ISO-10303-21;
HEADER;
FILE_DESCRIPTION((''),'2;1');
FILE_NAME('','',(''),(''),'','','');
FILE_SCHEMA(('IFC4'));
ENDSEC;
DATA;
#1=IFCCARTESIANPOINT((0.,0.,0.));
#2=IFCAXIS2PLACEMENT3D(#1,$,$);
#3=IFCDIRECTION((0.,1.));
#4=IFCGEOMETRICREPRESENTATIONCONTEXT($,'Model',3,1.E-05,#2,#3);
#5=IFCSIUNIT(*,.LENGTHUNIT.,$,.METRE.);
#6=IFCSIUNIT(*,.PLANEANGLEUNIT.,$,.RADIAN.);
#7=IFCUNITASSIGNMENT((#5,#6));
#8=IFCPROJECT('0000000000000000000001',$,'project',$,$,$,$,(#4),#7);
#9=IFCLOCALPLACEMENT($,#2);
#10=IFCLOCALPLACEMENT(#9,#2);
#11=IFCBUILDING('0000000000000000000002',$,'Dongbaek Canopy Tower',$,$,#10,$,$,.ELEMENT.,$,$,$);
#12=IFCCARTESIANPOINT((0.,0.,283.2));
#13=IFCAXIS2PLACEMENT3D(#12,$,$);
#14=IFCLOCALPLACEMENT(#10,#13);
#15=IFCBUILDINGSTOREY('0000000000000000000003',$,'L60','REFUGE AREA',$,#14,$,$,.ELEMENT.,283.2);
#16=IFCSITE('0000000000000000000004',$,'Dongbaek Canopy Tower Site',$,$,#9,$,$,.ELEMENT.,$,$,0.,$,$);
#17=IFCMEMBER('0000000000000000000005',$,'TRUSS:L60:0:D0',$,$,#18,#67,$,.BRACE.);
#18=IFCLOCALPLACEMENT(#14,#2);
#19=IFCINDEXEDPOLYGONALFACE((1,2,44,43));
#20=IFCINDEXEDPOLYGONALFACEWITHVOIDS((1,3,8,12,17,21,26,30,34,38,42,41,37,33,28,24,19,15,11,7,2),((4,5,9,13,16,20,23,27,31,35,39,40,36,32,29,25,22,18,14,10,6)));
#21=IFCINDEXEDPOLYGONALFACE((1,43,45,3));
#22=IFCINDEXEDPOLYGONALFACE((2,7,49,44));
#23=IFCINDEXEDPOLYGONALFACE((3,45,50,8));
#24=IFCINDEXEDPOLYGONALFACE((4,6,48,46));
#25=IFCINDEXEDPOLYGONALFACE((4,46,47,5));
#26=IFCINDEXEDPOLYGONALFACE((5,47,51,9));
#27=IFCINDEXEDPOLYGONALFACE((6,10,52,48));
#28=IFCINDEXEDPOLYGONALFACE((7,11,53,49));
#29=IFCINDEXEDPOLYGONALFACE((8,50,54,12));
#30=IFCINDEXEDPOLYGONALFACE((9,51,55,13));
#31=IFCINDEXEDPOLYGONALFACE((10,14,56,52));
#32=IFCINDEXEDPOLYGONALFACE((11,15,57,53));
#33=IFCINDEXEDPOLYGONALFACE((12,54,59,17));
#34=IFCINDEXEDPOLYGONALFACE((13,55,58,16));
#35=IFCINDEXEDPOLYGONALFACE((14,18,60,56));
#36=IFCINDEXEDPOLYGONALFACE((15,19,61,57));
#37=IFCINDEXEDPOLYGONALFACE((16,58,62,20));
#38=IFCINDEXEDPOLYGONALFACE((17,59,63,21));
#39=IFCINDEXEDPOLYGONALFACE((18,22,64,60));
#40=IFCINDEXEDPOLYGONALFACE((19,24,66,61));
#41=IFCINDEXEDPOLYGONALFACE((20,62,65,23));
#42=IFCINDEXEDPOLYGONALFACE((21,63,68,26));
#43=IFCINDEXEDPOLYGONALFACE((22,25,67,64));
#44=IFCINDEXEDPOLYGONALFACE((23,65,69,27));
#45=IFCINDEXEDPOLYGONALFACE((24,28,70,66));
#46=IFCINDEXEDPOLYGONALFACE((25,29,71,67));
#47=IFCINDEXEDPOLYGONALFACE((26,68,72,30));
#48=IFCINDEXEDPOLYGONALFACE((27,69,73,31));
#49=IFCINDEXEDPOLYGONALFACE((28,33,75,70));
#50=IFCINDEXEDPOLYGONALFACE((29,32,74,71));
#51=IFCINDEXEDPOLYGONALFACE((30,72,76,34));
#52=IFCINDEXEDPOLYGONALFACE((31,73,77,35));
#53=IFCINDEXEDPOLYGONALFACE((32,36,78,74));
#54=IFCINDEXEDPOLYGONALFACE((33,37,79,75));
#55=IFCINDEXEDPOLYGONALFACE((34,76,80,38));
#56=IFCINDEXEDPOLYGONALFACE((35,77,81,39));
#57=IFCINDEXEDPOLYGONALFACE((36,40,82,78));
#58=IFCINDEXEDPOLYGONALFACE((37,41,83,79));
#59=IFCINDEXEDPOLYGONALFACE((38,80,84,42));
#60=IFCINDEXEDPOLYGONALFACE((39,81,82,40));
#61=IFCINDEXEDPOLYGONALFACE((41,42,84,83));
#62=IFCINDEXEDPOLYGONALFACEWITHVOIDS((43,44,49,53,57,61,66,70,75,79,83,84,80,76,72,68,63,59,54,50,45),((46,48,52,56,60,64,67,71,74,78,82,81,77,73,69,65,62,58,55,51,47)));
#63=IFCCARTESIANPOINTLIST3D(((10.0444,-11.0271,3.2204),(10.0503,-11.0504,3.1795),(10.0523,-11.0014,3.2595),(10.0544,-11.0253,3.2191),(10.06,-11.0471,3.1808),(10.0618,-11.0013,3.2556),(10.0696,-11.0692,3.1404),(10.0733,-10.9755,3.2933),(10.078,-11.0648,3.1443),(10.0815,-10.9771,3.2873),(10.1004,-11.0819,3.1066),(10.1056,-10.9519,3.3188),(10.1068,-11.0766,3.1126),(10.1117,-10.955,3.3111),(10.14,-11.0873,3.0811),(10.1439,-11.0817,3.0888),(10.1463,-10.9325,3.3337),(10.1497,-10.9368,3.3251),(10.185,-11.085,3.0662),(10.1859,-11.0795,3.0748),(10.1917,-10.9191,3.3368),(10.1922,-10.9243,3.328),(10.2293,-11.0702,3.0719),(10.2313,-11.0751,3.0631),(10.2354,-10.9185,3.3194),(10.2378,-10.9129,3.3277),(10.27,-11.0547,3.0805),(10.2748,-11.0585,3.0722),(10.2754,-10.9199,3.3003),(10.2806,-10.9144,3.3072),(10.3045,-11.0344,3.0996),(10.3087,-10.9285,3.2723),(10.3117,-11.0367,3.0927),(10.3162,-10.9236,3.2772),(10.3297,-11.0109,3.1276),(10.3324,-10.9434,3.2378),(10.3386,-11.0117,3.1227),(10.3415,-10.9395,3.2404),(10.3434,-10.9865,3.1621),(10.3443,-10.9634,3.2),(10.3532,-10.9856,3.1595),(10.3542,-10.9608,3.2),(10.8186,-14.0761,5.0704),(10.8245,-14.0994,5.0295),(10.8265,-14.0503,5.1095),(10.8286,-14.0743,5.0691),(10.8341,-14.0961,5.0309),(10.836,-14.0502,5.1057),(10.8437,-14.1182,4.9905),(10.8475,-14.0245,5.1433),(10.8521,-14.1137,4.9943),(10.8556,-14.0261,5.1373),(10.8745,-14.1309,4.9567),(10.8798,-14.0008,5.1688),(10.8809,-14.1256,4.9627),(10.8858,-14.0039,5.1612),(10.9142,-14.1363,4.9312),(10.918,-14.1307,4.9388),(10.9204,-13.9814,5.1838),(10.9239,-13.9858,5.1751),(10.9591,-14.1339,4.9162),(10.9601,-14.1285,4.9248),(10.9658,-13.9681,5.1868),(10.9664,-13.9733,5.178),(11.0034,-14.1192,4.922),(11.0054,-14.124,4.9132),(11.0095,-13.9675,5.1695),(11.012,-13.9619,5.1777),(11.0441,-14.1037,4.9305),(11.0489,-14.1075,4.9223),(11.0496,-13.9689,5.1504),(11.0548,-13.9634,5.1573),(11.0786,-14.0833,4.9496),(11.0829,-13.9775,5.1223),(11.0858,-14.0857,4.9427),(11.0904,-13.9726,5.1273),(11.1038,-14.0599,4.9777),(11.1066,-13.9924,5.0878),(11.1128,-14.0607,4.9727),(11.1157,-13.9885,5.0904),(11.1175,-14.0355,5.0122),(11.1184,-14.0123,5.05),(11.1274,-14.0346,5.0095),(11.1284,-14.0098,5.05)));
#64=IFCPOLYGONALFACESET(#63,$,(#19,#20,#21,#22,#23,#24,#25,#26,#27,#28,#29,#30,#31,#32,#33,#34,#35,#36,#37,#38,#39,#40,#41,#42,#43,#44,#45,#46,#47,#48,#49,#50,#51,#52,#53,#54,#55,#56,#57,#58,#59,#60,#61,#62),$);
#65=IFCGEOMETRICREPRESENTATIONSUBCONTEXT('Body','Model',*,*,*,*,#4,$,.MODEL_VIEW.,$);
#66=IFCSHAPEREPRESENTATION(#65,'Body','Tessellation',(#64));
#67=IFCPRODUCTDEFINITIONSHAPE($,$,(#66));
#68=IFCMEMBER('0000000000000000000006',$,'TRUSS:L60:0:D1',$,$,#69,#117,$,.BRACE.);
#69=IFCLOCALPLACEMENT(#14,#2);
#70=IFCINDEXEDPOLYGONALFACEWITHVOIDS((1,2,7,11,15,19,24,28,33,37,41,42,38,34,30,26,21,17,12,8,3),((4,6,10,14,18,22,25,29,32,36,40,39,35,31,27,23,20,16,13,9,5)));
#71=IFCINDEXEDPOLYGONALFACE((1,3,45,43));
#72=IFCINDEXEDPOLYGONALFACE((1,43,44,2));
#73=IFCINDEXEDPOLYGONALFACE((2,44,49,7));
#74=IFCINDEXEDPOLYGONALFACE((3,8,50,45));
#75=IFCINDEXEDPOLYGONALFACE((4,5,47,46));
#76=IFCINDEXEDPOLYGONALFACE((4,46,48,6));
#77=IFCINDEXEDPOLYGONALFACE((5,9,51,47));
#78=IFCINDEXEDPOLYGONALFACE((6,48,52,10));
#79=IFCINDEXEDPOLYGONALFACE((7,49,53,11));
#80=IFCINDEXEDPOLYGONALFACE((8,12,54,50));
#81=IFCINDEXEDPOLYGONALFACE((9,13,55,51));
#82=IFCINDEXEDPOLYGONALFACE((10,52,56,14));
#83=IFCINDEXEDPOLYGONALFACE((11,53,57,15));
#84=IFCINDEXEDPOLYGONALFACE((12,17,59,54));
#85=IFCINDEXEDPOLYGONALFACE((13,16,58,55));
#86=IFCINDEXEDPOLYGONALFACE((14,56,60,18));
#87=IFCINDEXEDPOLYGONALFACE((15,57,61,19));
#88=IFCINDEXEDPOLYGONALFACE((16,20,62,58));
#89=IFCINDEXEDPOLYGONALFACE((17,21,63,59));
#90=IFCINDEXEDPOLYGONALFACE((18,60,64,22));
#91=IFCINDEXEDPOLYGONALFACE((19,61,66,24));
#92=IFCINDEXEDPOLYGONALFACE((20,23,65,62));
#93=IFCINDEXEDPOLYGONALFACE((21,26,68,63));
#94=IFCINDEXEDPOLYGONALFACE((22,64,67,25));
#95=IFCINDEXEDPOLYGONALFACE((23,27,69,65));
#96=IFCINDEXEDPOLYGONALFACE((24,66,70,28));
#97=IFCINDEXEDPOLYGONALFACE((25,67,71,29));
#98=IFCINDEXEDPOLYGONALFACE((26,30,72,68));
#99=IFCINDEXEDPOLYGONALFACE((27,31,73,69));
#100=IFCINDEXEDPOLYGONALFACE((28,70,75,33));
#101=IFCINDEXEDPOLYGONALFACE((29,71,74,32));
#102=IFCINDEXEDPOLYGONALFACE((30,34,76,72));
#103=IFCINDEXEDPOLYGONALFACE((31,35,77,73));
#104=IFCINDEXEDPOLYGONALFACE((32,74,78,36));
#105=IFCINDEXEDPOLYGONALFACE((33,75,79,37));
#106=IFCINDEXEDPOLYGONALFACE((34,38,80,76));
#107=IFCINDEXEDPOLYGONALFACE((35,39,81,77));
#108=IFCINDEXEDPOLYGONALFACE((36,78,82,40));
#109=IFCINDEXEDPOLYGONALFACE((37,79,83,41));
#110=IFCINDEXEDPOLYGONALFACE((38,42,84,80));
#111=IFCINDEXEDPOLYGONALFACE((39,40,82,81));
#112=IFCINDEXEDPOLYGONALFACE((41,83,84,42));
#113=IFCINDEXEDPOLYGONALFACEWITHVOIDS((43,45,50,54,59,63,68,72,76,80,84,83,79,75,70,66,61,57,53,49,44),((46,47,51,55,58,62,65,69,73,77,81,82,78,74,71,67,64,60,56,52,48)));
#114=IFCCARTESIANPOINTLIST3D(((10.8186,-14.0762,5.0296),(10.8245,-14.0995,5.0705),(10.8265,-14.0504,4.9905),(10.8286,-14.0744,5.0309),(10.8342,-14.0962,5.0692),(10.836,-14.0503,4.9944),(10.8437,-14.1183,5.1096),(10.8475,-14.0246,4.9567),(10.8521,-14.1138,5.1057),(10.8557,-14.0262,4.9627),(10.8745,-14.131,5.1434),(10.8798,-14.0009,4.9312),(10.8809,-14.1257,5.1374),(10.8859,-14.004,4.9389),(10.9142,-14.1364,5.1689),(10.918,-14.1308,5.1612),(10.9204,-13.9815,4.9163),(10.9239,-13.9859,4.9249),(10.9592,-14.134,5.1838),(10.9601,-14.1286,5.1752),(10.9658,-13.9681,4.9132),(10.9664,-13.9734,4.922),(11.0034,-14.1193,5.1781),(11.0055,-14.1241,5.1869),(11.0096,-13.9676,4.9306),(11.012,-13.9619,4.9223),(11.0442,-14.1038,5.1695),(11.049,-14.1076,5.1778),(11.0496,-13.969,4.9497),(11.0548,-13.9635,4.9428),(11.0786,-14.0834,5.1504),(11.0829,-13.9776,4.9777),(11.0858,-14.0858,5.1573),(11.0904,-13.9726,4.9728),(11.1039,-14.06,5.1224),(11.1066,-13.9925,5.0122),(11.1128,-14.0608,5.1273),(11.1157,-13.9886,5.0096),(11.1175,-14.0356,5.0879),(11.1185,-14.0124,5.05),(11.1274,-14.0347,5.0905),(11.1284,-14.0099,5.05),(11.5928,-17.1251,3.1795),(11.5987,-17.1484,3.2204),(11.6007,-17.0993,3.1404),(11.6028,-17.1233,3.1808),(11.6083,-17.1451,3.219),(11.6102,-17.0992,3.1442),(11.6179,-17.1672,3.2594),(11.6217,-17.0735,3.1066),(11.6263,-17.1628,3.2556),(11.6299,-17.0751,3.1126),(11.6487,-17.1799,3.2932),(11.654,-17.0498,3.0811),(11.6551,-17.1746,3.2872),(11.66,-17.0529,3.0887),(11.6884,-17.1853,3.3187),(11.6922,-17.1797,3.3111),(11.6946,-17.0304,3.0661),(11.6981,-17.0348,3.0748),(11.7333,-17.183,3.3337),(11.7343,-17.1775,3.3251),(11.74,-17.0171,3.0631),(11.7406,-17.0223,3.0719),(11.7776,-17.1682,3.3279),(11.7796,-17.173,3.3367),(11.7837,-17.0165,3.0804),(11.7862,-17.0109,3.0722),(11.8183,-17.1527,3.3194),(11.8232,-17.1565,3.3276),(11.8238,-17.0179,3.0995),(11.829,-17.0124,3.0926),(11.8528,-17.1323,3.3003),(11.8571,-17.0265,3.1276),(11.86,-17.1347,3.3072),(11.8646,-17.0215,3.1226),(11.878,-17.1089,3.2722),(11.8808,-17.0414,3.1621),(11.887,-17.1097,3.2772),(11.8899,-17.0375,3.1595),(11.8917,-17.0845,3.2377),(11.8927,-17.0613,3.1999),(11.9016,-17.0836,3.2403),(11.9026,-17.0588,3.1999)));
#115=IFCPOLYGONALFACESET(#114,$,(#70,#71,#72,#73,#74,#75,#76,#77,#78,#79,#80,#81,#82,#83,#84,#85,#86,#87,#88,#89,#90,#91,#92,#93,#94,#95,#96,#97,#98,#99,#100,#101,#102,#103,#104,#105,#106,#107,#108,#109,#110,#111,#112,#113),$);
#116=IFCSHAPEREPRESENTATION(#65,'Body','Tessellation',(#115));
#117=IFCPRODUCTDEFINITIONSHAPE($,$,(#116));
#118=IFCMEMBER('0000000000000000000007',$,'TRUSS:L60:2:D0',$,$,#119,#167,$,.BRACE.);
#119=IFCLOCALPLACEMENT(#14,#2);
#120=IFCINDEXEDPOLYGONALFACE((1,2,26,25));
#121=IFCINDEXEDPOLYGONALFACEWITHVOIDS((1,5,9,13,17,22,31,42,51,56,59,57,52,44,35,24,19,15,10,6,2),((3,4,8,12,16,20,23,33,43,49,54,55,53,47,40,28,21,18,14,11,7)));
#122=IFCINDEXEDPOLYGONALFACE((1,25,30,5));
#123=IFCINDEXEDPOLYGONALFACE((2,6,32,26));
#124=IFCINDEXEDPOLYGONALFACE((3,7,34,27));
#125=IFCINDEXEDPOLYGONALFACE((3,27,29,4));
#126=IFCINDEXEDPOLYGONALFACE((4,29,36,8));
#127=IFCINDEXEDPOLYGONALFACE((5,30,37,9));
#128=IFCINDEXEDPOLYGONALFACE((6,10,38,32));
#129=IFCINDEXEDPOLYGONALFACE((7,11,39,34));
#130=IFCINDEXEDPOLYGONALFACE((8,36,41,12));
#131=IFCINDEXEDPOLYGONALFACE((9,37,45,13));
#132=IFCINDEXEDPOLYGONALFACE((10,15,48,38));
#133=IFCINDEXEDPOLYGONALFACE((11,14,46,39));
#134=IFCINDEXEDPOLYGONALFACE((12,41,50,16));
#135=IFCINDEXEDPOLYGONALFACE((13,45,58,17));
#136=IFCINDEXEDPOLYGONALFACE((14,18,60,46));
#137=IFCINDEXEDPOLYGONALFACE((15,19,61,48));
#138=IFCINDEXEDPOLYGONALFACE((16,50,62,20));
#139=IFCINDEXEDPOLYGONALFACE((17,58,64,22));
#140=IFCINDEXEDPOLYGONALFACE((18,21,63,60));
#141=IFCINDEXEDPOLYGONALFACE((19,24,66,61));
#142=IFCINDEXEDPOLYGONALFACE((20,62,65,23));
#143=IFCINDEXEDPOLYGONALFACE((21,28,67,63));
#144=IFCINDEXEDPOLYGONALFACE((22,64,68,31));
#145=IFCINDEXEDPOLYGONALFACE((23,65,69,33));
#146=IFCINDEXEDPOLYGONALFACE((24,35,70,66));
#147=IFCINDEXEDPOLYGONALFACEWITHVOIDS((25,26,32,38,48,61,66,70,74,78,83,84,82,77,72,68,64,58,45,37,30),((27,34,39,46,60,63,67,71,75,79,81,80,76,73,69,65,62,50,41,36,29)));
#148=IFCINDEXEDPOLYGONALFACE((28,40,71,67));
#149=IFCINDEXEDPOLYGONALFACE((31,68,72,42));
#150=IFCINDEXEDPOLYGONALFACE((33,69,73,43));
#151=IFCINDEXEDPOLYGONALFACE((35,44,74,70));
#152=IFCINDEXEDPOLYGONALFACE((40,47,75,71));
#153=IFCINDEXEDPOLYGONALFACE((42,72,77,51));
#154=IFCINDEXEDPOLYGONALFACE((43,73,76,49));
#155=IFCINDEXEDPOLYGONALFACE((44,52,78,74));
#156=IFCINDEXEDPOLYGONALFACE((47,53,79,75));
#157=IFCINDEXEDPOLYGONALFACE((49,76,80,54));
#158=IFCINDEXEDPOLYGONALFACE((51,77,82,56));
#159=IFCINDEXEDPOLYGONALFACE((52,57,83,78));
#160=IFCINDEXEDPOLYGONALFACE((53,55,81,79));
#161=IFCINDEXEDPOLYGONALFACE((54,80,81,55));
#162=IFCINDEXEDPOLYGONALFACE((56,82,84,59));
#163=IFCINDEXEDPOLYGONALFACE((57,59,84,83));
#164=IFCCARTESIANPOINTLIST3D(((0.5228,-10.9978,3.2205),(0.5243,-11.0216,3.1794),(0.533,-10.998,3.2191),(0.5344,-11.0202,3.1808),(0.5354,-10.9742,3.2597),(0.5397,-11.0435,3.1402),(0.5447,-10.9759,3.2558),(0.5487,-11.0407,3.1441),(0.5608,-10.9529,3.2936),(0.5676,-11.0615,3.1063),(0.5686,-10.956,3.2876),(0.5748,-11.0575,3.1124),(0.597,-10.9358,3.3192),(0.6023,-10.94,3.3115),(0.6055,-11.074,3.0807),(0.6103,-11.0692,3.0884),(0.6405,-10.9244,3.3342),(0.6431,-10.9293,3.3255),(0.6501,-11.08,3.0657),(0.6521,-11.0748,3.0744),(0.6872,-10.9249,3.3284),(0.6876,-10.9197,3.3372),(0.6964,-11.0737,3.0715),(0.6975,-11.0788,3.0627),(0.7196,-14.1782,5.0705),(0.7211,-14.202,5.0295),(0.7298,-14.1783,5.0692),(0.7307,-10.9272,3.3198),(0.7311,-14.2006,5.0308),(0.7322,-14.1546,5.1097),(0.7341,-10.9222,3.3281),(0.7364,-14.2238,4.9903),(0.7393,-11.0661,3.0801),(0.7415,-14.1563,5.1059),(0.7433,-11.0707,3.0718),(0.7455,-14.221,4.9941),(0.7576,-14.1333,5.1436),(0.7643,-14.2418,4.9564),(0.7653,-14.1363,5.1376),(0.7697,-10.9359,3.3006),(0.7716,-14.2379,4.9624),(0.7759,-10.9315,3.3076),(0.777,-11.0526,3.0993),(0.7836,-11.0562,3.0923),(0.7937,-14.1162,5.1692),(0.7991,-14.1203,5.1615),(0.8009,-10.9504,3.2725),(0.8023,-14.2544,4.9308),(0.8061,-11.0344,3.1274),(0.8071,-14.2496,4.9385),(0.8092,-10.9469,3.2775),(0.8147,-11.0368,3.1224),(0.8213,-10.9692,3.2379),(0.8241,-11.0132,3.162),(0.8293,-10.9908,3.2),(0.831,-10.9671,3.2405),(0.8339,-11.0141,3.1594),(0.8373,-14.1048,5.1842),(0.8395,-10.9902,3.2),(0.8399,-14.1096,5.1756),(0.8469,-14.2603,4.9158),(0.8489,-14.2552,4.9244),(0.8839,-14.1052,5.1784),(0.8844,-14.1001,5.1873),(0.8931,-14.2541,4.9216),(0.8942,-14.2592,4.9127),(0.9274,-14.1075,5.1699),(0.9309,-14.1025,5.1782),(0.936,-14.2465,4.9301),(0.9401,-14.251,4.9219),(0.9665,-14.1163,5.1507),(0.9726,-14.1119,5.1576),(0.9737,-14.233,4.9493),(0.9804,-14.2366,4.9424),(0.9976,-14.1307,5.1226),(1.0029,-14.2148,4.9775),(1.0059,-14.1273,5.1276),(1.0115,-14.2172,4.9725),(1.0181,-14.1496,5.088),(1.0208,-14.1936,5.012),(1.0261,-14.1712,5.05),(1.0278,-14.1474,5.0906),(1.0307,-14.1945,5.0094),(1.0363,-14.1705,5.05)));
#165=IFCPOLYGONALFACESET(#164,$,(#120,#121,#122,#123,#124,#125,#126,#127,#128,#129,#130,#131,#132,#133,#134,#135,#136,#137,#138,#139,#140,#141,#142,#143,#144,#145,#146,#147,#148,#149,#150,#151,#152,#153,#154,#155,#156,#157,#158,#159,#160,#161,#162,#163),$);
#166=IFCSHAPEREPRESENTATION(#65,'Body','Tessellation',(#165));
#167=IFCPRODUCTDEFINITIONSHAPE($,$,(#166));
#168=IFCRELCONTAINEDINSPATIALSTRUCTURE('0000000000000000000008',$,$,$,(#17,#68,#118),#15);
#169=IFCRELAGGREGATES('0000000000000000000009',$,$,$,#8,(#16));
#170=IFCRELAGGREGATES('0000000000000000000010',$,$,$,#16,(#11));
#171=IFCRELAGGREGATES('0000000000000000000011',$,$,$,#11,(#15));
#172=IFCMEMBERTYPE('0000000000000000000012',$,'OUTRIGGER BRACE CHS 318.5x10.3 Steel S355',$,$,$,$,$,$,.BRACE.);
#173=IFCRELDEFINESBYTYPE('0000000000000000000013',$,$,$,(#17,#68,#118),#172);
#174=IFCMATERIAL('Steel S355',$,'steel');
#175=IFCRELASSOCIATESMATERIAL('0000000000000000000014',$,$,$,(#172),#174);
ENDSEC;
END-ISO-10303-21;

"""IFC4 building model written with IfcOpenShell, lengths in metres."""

from ifc_helpers import new_model, si_unit, direction, frame, origin, origin_2d, place, context, subcontext, project, spatial, hollow_circle, extrude, material, material_profile, profile_set, type_object, element, save


model = new_model("IFC4")

# Units and contexts
model_context = context("Model", 3, precision=1e-05, world=origin(), true_north=direction((0.0, 1.0)))
body_context = subcontext(model_context, "Body", "Model", "MODEL_VIEW")
ifc_project = project(units=[si_unit("LENGTHUNIT", "METRE"), si_unit("PLANEANGLEUNIT", "RADIAN")], contexts=[model_context])

# Site, building, storey
site_placement = place(None, origin())
site = spatial("IfcSite", under=ifc_project, at=site_placement, Name="Dongbaek Canopy Tower Site", CompositionType="ELEMENT", RefElevation=0.0)
building_placement = place(site_placement, origin())
building = spatial("IfcBuilding", under=site, at=building_placement, Name="Dongbaek Canopy Tower", CompositionType="ELEMENT")
storey_placement = place(building_placement, frame((0.0, 0.0, 283.2)))
storey = spatial("IfcBuildingStorey", under=building, at=storey_placement, Name="L60", Description="REFUGE AREA", CompositionType="ELEMENT", Elevation=283.2)

# Members
ifc_material_1 = material(Name="Steel S355", Category="steel")
ifc_material_profile_1 = material_profile(ifc_material_1, hollow_circle(Radius=0.1592, WallThickness=0.0103, at=origin_2d()), Name="OUTRIGGER BRACE CHS 318.5x10.3 Steel S355")
ifc_profile_set_1 = profile_set([ifc_material_profile_1], Name="Steel S355")
member_type_1 = type_object("IfcMemberType", Name="OUTRIGGER BRACE CHS 318.5x10.3 Steel S355", PredefinedType="BRACE", material=ifc_profile_set_1)
for number, where, z_axis, x_axis, name in (
    (1, (10.2, -11.0, 3.2), (0.212129, -0.835471, 0.506942), (0.969246, 0.246095, 0.0), "TRUSS:L60:0:D0"),
    (2, (10.9741, -14.0491, 5.05), (0.212141, -0.83545, -0.50697), (0.969241, 0.246113, 0.0), "TRUSS:L60:0:D1"),
):
    element("IfcMember", number, at=place(storey_placement, frame(where, z_axis=z_axis, x_axis=x_axis)), inside=storey, type_object=member_type_1, Name=name, PredefinedType="BRACE", context=body_context, shape_type="SweptSolid", body=[
        extrude(hollow_circle(Radius=0.1592, WallThickness=0.0103, at=origin_2d()), origin(), (0.0, 0.0, 1.0), 3.6494),
    ])
member_1_placement = place(storey_placement, frame((0.6807, -11.0, 3.2), z_axis=(0.053405, -0.863154, 0.502109), x_axis=(0.998091, 0.061753, 0.0)))
element("IfcMember", 3, at=member_1_placement, inside=storey, type_object=member_type_1, Name="TRUSS:L60:2:D0", PredefinedType="BRACE", context=body_context, shape_type="SweptSolid", body=[
    extrude(hollow_circle(Radius=0.1592, WallThickness=0.0103, at=origin_2d()), origin(), (0.0, 0.0, 1.0), 3.6846),
])

save(model, "model.ifc")
